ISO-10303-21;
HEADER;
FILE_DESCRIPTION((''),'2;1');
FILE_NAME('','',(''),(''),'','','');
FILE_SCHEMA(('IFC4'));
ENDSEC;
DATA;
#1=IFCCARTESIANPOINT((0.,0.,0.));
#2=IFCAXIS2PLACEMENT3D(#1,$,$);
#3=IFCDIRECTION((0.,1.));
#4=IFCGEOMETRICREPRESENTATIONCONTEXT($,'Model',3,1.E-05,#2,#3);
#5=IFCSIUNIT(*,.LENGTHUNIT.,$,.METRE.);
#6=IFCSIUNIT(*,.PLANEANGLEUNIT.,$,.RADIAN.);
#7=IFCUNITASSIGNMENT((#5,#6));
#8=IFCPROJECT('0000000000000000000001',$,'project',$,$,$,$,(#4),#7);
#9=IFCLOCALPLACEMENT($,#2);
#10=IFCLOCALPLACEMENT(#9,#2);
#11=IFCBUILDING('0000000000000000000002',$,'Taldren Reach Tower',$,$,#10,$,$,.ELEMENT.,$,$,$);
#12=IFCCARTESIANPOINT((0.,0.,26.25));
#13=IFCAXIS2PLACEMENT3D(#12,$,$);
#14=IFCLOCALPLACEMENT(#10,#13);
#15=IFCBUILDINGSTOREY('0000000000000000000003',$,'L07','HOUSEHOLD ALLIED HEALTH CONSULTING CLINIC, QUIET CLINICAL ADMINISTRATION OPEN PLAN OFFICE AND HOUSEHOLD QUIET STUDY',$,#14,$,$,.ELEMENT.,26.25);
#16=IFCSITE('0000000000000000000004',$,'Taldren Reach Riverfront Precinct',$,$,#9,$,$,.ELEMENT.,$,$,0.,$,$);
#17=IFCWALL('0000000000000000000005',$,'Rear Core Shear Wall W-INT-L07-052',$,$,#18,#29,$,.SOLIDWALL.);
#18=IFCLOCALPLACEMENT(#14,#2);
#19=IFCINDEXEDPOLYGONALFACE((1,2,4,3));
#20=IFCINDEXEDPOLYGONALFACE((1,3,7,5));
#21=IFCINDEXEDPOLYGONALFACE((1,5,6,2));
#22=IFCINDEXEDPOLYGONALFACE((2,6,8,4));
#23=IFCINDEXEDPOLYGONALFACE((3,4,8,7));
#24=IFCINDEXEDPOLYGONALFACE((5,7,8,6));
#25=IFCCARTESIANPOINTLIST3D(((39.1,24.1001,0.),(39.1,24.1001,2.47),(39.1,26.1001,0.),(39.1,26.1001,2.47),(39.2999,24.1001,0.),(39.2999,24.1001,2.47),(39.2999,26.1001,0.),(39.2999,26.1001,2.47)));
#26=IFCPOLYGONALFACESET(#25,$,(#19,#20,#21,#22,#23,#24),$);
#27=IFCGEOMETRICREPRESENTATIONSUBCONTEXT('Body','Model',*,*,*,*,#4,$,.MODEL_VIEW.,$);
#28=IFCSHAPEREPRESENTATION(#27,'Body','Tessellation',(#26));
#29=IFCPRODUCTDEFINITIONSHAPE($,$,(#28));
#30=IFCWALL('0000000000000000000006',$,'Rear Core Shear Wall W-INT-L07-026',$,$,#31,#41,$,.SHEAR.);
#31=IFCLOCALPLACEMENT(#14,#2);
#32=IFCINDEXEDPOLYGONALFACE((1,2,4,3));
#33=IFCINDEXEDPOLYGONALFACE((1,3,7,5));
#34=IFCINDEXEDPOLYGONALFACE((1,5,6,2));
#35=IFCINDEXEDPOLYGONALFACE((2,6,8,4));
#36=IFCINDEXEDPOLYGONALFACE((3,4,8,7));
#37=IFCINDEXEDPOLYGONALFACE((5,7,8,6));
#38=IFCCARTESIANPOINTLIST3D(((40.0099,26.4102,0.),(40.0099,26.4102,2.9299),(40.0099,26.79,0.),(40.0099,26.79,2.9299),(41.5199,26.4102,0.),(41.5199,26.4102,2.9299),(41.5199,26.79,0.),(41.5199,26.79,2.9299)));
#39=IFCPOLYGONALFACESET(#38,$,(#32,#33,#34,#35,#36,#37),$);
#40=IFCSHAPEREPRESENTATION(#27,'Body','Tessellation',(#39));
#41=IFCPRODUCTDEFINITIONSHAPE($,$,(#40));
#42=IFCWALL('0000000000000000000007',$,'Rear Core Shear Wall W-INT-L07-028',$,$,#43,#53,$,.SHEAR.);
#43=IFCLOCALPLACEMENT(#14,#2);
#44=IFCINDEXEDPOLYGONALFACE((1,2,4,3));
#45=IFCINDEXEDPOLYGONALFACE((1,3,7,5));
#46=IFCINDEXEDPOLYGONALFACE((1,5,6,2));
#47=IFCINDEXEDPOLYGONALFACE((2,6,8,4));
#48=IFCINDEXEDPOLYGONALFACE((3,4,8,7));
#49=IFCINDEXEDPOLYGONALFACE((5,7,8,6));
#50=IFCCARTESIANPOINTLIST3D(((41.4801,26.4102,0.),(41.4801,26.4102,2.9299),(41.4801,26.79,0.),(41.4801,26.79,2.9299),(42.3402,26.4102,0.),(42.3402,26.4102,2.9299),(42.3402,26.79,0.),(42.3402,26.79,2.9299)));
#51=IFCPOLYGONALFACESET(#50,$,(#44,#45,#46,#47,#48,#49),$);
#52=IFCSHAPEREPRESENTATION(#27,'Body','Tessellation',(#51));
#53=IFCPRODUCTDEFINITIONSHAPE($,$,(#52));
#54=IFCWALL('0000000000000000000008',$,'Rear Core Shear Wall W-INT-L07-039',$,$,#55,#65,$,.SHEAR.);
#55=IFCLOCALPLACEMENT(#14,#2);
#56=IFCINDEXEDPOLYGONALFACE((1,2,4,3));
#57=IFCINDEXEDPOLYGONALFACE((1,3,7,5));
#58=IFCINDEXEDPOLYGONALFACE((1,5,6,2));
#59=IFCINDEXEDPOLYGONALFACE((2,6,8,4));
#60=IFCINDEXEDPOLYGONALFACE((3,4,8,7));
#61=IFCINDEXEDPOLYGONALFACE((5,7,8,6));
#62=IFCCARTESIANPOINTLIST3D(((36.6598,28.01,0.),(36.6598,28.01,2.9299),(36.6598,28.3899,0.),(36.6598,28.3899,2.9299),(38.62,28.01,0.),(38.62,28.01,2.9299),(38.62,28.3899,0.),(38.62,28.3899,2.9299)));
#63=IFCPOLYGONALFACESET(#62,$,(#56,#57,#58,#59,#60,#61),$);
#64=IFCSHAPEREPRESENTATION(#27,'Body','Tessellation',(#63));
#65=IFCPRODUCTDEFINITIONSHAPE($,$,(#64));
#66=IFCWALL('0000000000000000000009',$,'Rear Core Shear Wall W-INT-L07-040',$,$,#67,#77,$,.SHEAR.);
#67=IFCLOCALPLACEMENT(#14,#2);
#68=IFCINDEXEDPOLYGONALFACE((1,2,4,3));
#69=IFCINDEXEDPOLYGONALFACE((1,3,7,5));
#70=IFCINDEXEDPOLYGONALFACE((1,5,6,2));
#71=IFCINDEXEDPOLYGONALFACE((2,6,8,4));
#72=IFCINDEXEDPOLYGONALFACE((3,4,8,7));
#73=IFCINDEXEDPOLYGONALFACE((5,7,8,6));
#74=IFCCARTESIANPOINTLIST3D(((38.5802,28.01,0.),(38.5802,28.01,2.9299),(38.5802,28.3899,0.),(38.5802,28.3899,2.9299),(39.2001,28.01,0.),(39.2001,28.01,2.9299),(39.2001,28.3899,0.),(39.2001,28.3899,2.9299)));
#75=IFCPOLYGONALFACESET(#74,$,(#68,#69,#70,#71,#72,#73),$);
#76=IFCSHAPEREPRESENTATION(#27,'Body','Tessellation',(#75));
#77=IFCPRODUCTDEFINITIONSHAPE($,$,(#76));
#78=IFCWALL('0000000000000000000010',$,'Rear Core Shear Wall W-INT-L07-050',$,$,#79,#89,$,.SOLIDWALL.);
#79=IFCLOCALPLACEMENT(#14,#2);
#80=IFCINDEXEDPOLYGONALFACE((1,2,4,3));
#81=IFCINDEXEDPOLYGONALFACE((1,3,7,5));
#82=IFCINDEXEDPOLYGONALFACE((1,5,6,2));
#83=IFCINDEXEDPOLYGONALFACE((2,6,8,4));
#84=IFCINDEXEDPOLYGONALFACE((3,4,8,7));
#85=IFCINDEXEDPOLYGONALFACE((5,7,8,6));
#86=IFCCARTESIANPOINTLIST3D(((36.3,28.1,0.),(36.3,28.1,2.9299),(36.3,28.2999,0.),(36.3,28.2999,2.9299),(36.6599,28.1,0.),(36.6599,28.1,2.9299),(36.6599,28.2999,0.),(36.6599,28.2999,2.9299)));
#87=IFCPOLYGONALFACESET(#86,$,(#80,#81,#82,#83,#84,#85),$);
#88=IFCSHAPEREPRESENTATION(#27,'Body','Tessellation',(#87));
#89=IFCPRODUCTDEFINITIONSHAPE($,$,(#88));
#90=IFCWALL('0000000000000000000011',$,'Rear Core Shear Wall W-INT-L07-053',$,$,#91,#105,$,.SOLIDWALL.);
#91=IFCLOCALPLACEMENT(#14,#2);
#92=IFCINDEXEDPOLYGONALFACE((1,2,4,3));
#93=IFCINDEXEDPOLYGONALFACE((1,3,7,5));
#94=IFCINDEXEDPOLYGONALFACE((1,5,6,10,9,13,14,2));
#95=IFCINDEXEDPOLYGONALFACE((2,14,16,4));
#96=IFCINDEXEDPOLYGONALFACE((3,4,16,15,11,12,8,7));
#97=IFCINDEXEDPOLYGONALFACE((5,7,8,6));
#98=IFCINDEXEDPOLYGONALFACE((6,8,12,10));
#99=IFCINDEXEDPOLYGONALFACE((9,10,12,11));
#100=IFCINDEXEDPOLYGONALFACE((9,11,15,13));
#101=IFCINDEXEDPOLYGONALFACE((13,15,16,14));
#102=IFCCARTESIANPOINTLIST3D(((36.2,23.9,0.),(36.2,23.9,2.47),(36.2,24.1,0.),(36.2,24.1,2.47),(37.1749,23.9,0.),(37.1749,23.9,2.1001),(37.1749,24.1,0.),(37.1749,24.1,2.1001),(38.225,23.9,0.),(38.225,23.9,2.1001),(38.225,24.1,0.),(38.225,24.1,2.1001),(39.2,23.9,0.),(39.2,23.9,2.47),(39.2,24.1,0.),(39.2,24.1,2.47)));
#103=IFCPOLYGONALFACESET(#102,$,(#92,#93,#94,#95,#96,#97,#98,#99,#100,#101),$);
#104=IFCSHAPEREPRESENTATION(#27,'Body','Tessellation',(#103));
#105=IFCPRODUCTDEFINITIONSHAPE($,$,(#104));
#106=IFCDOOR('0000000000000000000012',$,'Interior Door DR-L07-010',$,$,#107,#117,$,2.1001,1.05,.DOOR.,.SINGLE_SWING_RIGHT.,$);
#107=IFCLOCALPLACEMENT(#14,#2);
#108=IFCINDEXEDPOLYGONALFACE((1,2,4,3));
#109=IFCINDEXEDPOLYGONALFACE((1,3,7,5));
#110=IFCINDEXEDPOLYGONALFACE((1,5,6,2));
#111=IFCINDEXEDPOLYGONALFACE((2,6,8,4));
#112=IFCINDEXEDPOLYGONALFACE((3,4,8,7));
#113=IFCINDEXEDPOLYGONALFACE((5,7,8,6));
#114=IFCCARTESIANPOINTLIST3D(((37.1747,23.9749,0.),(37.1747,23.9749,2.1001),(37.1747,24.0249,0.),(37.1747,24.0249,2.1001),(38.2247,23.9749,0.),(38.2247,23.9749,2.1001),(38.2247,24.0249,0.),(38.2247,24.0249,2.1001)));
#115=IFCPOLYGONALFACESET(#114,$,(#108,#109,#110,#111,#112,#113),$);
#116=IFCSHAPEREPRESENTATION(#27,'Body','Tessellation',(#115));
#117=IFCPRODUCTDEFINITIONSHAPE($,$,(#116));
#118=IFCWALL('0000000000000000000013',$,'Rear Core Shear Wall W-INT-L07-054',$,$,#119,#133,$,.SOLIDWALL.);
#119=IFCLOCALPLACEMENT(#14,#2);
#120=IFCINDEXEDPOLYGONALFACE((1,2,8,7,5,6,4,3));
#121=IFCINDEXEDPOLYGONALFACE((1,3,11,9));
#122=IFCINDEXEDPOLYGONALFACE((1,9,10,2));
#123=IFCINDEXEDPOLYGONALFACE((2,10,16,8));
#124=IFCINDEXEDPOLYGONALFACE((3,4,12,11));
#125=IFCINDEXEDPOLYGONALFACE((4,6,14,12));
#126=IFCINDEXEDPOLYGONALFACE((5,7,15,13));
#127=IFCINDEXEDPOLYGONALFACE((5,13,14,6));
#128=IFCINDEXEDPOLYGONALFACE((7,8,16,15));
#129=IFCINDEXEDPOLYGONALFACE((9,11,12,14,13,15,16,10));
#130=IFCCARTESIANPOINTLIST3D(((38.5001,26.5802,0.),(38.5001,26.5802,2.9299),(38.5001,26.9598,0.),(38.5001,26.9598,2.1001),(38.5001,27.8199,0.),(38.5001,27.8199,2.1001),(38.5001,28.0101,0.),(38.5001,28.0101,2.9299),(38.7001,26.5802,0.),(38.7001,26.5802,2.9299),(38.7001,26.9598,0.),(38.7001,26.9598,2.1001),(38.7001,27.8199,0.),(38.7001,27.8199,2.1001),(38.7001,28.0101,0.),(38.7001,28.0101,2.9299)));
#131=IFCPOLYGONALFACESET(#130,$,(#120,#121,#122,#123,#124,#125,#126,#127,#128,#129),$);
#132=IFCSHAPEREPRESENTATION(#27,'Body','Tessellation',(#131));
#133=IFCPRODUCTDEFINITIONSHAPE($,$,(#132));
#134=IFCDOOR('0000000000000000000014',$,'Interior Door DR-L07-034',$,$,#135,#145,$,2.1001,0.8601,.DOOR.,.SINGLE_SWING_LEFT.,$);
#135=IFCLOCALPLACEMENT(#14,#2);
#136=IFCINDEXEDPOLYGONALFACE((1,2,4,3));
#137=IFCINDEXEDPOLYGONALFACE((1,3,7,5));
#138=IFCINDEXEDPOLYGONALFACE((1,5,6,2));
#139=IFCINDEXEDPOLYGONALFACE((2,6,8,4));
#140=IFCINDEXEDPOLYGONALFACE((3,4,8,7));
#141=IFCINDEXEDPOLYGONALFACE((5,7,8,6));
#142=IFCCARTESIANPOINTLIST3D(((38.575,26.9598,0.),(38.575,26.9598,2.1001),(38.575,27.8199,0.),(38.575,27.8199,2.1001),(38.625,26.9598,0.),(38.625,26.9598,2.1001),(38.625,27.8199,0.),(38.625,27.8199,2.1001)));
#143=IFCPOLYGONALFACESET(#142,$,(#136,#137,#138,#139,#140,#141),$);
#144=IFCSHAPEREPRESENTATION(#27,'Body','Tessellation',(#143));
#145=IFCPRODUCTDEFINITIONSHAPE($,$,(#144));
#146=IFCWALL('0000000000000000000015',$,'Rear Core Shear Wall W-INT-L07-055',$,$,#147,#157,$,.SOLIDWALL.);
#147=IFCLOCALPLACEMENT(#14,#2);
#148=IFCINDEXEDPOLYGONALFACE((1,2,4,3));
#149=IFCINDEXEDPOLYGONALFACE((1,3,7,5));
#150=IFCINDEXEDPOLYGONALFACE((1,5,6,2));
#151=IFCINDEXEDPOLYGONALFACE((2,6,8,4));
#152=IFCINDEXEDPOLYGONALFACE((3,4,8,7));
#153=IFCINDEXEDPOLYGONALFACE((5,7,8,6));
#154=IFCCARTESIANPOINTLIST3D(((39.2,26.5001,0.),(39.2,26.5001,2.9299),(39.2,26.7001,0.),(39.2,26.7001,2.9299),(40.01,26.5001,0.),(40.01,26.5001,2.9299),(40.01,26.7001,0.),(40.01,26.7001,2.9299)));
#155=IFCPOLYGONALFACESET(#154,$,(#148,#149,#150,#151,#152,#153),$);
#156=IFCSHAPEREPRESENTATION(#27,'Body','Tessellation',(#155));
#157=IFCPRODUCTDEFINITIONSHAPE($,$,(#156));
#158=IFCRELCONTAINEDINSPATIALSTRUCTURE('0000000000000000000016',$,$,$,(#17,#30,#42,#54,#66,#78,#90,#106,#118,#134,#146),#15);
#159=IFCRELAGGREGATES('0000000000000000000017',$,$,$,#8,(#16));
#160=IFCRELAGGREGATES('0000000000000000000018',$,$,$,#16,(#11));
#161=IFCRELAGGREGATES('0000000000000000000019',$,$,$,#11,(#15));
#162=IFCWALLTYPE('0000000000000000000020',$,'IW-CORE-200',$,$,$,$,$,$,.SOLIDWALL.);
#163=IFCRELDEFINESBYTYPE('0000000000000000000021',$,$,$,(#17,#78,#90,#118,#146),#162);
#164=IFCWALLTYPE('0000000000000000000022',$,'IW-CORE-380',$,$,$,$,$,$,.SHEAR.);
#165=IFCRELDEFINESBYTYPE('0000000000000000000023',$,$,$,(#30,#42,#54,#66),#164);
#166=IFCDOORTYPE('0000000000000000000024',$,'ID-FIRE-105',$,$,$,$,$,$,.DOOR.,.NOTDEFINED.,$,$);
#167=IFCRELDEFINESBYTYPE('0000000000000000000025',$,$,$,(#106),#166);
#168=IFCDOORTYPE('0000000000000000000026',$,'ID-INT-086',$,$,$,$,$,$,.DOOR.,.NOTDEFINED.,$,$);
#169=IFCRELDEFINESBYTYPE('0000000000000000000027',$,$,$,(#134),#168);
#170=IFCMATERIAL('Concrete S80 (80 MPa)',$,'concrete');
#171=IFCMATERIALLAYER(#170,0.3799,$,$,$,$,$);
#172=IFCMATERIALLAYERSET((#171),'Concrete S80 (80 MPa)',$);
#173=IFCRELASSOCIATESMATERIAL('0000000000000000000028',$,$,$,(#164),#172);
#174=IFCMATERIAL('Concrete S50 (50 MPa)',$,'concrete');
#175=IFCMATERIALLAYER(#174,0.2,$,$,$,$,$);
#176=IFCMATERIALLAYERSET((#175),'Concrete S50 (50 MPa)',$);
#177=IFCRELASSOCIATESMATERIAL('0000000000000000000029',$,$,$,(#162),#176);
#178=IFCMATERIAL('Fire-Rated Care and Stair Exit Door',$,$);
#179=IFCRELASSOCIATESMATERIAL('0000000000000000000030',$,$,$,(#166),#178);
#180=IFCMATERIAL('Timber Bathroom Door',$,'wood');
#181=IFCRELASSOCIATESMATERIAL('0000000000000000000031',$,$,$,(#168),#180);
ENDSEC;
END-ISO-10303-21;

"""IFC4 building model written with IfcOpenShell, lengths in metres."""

from ifc_helpers import new_model, si_unit, direction, frame, frame_2d, origin, place, context, subcontext, project, spatial, rectangle, extrude, source, transform, mapped, material, layer, layer_set, type_object, element, fill, save


model = new_model("IFC4")

# Units and contexts
model_context = context("Model", 3, precision=1e-05, world=origin(), true_north=direction((0.0, 1.0)))
body_context = subcontext(model_context, "Body", "Model", "MODEL_VIEW")
ifc_project = project(units=[si_unit("LENGTHUNIT", "METRE"), si_unit("PLANEANGLEUNIT", "RADIAN")], contexts=[model_context])

# Site, building, storey
site_placement = place(None, origin())
site = spatial("IfcSite", under=ifc_project, at=site_placement, Name="Taldren Reach Riverfront Precinct", CompositionType="ELEMENT", RefElevation=0.0)
building_placement = place(site_placement, origin())
building = spatial("IfcBuilding", under=site, at=building_placement, Name="Taldren Reach Tower", CompositionType="ELEMENT")
storey_placement = place(building_placement, frame((0.0, 0.0, 26.25)))
storey = spatial("IfcBuildingStorey", under=building, at=storey_placement, Name="L07", Description="HOUSEHOLD ALLIED HEALTH CONSULTING CLINIC, QUIET CLINICAL ADMINISTRATION OPEN PLAN OFFICE AND HOUSEHOLD QUIET STUDY", CompositionType="ELEMENT", Elevation=26.25)

# Walls
ifc_material_1 = material(Name="Concrete S80 (80 MPa)", Category="concrete")
ifc_layer_1 = layer(ifc_material_1, 0.3799)
ifc_layer_set_1 = layer_set([ifc_layer_1], Name="Concrete S80 (80 MPa)")
wall_type_1 = type_object("IfcWallType", Name="IW-CORE-380", PredefinedType="SHEAR", material=ifc_layer_set_1)
ifc_material_2 = material(Name="Concrete S50 (50 MPa)", Category="concrete")
ifc_layer_2 = layer(ifc_material_2, 0.2)
ifc_layer_set_2 = layer_set([ifc_layer_2], Name="Concrete S50 (50 MPa)")
wall_type_2 = type_object("IfcWallType", Name="IW-CORE-200", PredefinedType="SOLIDWALL", material=ifc_layer_set_2)
shared_shape_1 = source(origin(), body_context, "Body", "SweptSolid", [
    extrude(rectangle(XDim=2.0, YDim=0.2, at=frame_2d((1.0, 0.0))), origin(), (0.0, 0.0, 1.0), 2.47),
])
wall_1_placement = place(storey_placement, frame((39.2, 26.1001, 0.0), z_axis=(0.0, 0.0, 1.0), x_axis=(0.0, -1.0, 0.0)))
element("IfcWall", 1, at=wall_1_placement, inside=storey, type_object=wall_type_2, Name="Rear Core Shear Wall W-INT-L07-052", PredefinedType="SOLIDWALL", context=body_context, shape_type="MappedRepresentation", body=[
    mapped(shared_shape_1, transform((0.0, 0.0, 0.0), scale=1.0)),
])
shared_shape_2 = source(origin(), body_context, "Body", "SweptSolid", [
    extrude(rectangle(XDim=1.51, YDim=0.3799, at=frame_2d((0.7549, 0.0))), origin(), (0.0, 0.0, 1.0), 2.9299),
])
wall_2_placement = place(storey_placement, frame((40.01, 26.6001, 0.0), z_axis=(0.0, 0.0, 1.0), x_axis=(1.0, 0.0, 0.0)))
element("IfcWall", 2, at=wall_2_placement, inside=storey, type_object=wall_type_1, Name="Rear Core Shear Wall W-INT-L07-026", PredefinedType="SHEAR", context=body_context, shape_type="MappedRepresentation", body=[
    mapped(shared_shape_2, transform((0.0, 0.0, 0.0), scale=1.0)),
])
shared_shape_3 = source(origin(), body_context, "Body", "SweptSolid", [
    extrude(rectangle(XDim=0.8601, YDim=0.3799, at=frame_2d((0.4302, 0.0))), origin(), (0.0, 0.0, 1.0), 2.9299),
])
wall_3_placement = place(storey_placement, frame((41.48, 26.6001, 0.0), z_axis=(0.0, 0.0, 1.0), x_axis=(1.0, 0.0, 0.0)))
element("IfcWall", 3, at=wall_3_placement, inside=storey, type_object=wall_type_1, Name="Rear Core Shear Wall W-INT-L07-028", PredefinedType="SHEAR", context=body_context, shape_type="MappedRepresentation", body=[
    mapped(shared_shape_3, transform((0.0, 0.0, 0.0), scale=1.0)),
])
shared_shape_4 = source(origin(), body_context, "Body", "SweptSolid", [
    extrude(rectangle(XDim=1.9602, YDim=0.3799, at=frame_2d((0.98, 0.0))), origin(), (0.0, 0.0, 1.0), 2.9299),
])
wall_4_placement = place(storey_placement, frame((36.6599, 28.2, 0.0), z_axis=(0.0, 0.0, 1.0), x_axis=(1.0, 0.0, 0.0)))
element("IfcWall", 4, at=wall_4_placement, inside=storey, type_object=wall_type_1, Name="Rear Core Shear Wall W-INT-L07-039", PredefinedType="SHEAR", context=body_context, shape_type="MappedRepresentation", body=[
    mapped(shared_shape_4, transform((0.0, 0.0, 0.0), scale=1.0)),
])
shared_shape_5 = source(origin(), body_context, "Body", "SweptSolid", [
    extrude(rectangle(XDim=0.6199, YDim=0.3799, at=frame_2d((0.3101, 0.0))), origin(), (0.0, 0.0, 1.0), 2.9299),
])
wall_5_placement = place(storey_placement, frame((38.5801, 28.2, 0.0), z_axis=(0.0, 0.0, 1.0), x_axis=(1.0, 0.0, 0.0)))
element("IfcWall", 5, at=wall_5_placement, inside=storey, type_object=wall_type_1, Name="Rear Core Shear Wall W-INT-L07-040", PredefinedType="SHEAR", context=body_context, shape_type="MappedRepresentation", body=[
    mapped(shared_shape_5, transform((0.0, 0.0, 0.0), scale=1.0)),
])
shared_shape_6 = source(origin(), body_context, "Body", "SweptSolid", [
    extrude(rectangle(XDim=0.3599, YDim=0.2, at=frame_2d((0.1799, 0.0))), origin(), (0.0, 0.0, 1.0), 2.9299),
])
wall_6_placement = place(storey_placement, frame((36.6599, 28.2, 0.0), z_axis=(0.0, 0.0, 1.0), x_axis=(-1.0, 0.0, 0.0)))
element("IfcWall", 6, at=wall_6_placement, inside=storey, type_object=wall_type_2, Name="Rear Core Shear Wall W-INT-L07-050", PredefinedType="SOLIDWALL", context=body_context, shape_type="MappedRepresentation", body=[
    mapped(shared_shape_6, transform((0.0, 0.0, 0.0), scale=1.0)),
])

# Walls, openings, doors
shared_shape_7 = source(origin(), body_context, "Body", "SweptSolid", [
    extrude(rectangle(XDim=3.0, YDim=0.2, at=frame_2d((1.5, 0.0))), origin(), (0.0, 0.0, 1.0), 2.47),
])
wall_7_placement = place(storey_placement, frame((39.2, 24.0, 0.0), z_axis=(0.0, 0.0, 1.0), x_axis=(-1.0, 0.0, 0.0)))
wall_7 = element("IfcWall", 7, at=wall_7_placement, inside=storey, type_object=wall_type_2, Name="Rear Core Shear Wall W-INT-L07-053", PredefinedType="SOLIDWALL", context=body_context, shape_type="MappedRepresentation", body=[
    mapped(shared_shape_7, transform((0.0, 0.0, 0.0), scale=1.0)),
])
shared_shape_8 = source(origin(), body_context, "Body", "SweptSolid", [
    extrude(rectangle(XDim=1.05, YDim=2.1001, at=frame_2d((0.5249, 1.05))), frame((0.0, 0.1099, 0.0), z_axis=(0.0, -1.0, 0.0), x_axis=(1.0, 0.0, 0.0)), (0.0, 0.0, 1.0), 0.22),
])
opening_1_placement = place(wall_7_placement, frame((0.9751, 0.0, 0.0)))
opening_1 = element("IfcOpeningElement", 8, at=opening_1_placement, cuts=wall_7, PredefinedType="OPENING", context=body_context, shape_type="MappedRepresentation", body=[
    mapped(shared_shape_8, transform((0.0, 0.0, 0.0), scale=1.0)),
])
ifc_material_3 = material(Name="Fire-Rated Care and Stair Exit Door")
door_type_1 = type_object("IfcDoorType", Name="ID-FIRE-105", OperationType="NOTDEFINED", PredefinedType="DOOR", material=ifc_material_3)
shared_shape_9 = source(origin(), body_context, "Body", "SweptSolid", [
    extrude(rectangle(XDim=1.05, YDim=2.1001, at=frame_2d((0.5249, 1.05))), frame((0.0, 0.0249, 0.0), z_axis=(0.0, -1.0, 0.0), x_axis=(1.0, 0.0, 0.0)), (0.0, 0.0, 1.0), 0.05),
])
door_1_placement = place(opening_1_placement, frame((1.05, 0.0, 0.0), z_axis=(0.0, 0.0, 1.0), x_axis=(-1.0, 0.0, 0.0)))
door_1 = element("IfcDoor", 9, at=door_1_placement, inside=storey, type_object=door_type_1, Name="Interior Door DR-L07-010", OperationType="SINGLE_SWING_RIGHT", OverallHeight=2.1001, OverallWidth=1.05, PredefinedType="DOOR", context=body_context, shape_type="MappedRepresentation", body=[
    mapped(shared_shape_9, transform((0.0, 0.0, 0.0), scale=1.0)),
])
fill(opening_1, door_1)
shared_shape_10 = source(origin(), body_context, "Body", "SweptSolid", [
    extrude(rectangle(XDim=1.4299, YDim=0.2, at=frame_2d((0.7148, 0.0))), origin(), (0.0, 0.0, 1.0), 2.9299),
])
wall_8_placement = place(storey_placement, frame((38.6001, 28.01, 0.0), z_axis=(0.0, 0.0, 1.0), x_axis=(0.0, -1.0, 0.0)))
wall_8 = element("IfcWall", 10, at=wall_8_placement, inside=storey, type_object=wall_type_2, Name="Rear Core Shear Wall W-INT-L07-054", PredefinedType="SOLIDWALL", context=body_context, shape_type="MappedRepresentation", body=[
    mapped(shared_shape_10, transform((0.0, 0.0, 0.0), scale=1.0)),
])
shared_shape_11 = source(origin(), body_context, "Body", "SweptSolid", [
    extrude(rectangle(XDim=0.8601, YDim=2.1001, at=frame_2d((0.4302, 1.05))), frame((0.0, 0.1099, 0.0), z_axis=(0.0, -1.0, 0.0), x_axis=(1.0, 0.0, 0.0)), (0.0, 0.0, 1.0), 0.22),
])
opening_2_placement = place(wall_8_placement, frame((0.1899, 0.0, 0.0)))
opening_2 = element("IfcOpeningElement", 11, at=opening_2_placement, cuts=wall_8, PredefinedType="OPENING", context=body_context, shape_type="MappedRepresentation", body=[
    mapped(shared_shape_11, transform((0.0, 0.0, 0.0), scale=1.0)),
])
ifc_material_4 = material(Name="Timber Bathroom Door", Category="wood")
door_type_2 = type_object("IfcDoorType", Name="ID-INT-086", OperationType="NOTDEFINED", PredefinedType="DOOR", material=ifc_material_4)
shared_shape_12 = source(origin(), body_context, "Body", "SweptSolid", [
    extrude(rectangle(XDim=0.8601, YDim=2.1001, at=frame_2d((0.4302, 1.05))), frame((0.0, 0.0249, 0.0), z_axis=(0.0, -1.0, 0.0), x_axis=(1.0, 0.0, 0.0)), (0.0, 0.0, 1.0), 0.05),
])
door_2_placement = place(opening_2_placement, origin())
door_2 = element("IfcDoor", 12, at=door_2_placement, inside=storey, type_object=door_type_2, Name="Interior Door DR-L07-034", OperationType="SINGLE_SWING_LEFT", OverallHeight=2.1001, OverallWidth=0.8601, PredefinedType="DOOR", context=body_context, shape_type="MappedRepresentation", body=[
    mapped(shared_shape_12, transform((0.0, 0.0, 0.0), scale=1.0)),
])
fill(opening_2, door_2)

# Wall
shared_shape_13 = source(origin(), body_context, "Body", "SweptSolid", [
    extrude(rectangle(XDim=0.8101, YDim=0.2, at=frame_2d((0.405, 0.0))), origin(), (0.0, 0.0, 1.0), 2.9299),
])
wall_9_placement = place(storey_placement, frame((39.2, 26.6001, 0.0), z_axis=(0.0, 0.0, 1.0), x_axis=(1.0, 0.0, 0.0)))
element("IfcWall", 13, at=wall_9_placement, inside=storey, type_object=wall_type_2, Name="Rear Core Shear Wall W-INT-L07-055", PredefinedType="SOLIDWALL", context=body_context, shape_type="MappedRepresentation", body=[
    mapped(shared_shape_13, transform((0.0, 0.0, 0.0), scale=1.0)),
])

save(model, "model.ifc")
